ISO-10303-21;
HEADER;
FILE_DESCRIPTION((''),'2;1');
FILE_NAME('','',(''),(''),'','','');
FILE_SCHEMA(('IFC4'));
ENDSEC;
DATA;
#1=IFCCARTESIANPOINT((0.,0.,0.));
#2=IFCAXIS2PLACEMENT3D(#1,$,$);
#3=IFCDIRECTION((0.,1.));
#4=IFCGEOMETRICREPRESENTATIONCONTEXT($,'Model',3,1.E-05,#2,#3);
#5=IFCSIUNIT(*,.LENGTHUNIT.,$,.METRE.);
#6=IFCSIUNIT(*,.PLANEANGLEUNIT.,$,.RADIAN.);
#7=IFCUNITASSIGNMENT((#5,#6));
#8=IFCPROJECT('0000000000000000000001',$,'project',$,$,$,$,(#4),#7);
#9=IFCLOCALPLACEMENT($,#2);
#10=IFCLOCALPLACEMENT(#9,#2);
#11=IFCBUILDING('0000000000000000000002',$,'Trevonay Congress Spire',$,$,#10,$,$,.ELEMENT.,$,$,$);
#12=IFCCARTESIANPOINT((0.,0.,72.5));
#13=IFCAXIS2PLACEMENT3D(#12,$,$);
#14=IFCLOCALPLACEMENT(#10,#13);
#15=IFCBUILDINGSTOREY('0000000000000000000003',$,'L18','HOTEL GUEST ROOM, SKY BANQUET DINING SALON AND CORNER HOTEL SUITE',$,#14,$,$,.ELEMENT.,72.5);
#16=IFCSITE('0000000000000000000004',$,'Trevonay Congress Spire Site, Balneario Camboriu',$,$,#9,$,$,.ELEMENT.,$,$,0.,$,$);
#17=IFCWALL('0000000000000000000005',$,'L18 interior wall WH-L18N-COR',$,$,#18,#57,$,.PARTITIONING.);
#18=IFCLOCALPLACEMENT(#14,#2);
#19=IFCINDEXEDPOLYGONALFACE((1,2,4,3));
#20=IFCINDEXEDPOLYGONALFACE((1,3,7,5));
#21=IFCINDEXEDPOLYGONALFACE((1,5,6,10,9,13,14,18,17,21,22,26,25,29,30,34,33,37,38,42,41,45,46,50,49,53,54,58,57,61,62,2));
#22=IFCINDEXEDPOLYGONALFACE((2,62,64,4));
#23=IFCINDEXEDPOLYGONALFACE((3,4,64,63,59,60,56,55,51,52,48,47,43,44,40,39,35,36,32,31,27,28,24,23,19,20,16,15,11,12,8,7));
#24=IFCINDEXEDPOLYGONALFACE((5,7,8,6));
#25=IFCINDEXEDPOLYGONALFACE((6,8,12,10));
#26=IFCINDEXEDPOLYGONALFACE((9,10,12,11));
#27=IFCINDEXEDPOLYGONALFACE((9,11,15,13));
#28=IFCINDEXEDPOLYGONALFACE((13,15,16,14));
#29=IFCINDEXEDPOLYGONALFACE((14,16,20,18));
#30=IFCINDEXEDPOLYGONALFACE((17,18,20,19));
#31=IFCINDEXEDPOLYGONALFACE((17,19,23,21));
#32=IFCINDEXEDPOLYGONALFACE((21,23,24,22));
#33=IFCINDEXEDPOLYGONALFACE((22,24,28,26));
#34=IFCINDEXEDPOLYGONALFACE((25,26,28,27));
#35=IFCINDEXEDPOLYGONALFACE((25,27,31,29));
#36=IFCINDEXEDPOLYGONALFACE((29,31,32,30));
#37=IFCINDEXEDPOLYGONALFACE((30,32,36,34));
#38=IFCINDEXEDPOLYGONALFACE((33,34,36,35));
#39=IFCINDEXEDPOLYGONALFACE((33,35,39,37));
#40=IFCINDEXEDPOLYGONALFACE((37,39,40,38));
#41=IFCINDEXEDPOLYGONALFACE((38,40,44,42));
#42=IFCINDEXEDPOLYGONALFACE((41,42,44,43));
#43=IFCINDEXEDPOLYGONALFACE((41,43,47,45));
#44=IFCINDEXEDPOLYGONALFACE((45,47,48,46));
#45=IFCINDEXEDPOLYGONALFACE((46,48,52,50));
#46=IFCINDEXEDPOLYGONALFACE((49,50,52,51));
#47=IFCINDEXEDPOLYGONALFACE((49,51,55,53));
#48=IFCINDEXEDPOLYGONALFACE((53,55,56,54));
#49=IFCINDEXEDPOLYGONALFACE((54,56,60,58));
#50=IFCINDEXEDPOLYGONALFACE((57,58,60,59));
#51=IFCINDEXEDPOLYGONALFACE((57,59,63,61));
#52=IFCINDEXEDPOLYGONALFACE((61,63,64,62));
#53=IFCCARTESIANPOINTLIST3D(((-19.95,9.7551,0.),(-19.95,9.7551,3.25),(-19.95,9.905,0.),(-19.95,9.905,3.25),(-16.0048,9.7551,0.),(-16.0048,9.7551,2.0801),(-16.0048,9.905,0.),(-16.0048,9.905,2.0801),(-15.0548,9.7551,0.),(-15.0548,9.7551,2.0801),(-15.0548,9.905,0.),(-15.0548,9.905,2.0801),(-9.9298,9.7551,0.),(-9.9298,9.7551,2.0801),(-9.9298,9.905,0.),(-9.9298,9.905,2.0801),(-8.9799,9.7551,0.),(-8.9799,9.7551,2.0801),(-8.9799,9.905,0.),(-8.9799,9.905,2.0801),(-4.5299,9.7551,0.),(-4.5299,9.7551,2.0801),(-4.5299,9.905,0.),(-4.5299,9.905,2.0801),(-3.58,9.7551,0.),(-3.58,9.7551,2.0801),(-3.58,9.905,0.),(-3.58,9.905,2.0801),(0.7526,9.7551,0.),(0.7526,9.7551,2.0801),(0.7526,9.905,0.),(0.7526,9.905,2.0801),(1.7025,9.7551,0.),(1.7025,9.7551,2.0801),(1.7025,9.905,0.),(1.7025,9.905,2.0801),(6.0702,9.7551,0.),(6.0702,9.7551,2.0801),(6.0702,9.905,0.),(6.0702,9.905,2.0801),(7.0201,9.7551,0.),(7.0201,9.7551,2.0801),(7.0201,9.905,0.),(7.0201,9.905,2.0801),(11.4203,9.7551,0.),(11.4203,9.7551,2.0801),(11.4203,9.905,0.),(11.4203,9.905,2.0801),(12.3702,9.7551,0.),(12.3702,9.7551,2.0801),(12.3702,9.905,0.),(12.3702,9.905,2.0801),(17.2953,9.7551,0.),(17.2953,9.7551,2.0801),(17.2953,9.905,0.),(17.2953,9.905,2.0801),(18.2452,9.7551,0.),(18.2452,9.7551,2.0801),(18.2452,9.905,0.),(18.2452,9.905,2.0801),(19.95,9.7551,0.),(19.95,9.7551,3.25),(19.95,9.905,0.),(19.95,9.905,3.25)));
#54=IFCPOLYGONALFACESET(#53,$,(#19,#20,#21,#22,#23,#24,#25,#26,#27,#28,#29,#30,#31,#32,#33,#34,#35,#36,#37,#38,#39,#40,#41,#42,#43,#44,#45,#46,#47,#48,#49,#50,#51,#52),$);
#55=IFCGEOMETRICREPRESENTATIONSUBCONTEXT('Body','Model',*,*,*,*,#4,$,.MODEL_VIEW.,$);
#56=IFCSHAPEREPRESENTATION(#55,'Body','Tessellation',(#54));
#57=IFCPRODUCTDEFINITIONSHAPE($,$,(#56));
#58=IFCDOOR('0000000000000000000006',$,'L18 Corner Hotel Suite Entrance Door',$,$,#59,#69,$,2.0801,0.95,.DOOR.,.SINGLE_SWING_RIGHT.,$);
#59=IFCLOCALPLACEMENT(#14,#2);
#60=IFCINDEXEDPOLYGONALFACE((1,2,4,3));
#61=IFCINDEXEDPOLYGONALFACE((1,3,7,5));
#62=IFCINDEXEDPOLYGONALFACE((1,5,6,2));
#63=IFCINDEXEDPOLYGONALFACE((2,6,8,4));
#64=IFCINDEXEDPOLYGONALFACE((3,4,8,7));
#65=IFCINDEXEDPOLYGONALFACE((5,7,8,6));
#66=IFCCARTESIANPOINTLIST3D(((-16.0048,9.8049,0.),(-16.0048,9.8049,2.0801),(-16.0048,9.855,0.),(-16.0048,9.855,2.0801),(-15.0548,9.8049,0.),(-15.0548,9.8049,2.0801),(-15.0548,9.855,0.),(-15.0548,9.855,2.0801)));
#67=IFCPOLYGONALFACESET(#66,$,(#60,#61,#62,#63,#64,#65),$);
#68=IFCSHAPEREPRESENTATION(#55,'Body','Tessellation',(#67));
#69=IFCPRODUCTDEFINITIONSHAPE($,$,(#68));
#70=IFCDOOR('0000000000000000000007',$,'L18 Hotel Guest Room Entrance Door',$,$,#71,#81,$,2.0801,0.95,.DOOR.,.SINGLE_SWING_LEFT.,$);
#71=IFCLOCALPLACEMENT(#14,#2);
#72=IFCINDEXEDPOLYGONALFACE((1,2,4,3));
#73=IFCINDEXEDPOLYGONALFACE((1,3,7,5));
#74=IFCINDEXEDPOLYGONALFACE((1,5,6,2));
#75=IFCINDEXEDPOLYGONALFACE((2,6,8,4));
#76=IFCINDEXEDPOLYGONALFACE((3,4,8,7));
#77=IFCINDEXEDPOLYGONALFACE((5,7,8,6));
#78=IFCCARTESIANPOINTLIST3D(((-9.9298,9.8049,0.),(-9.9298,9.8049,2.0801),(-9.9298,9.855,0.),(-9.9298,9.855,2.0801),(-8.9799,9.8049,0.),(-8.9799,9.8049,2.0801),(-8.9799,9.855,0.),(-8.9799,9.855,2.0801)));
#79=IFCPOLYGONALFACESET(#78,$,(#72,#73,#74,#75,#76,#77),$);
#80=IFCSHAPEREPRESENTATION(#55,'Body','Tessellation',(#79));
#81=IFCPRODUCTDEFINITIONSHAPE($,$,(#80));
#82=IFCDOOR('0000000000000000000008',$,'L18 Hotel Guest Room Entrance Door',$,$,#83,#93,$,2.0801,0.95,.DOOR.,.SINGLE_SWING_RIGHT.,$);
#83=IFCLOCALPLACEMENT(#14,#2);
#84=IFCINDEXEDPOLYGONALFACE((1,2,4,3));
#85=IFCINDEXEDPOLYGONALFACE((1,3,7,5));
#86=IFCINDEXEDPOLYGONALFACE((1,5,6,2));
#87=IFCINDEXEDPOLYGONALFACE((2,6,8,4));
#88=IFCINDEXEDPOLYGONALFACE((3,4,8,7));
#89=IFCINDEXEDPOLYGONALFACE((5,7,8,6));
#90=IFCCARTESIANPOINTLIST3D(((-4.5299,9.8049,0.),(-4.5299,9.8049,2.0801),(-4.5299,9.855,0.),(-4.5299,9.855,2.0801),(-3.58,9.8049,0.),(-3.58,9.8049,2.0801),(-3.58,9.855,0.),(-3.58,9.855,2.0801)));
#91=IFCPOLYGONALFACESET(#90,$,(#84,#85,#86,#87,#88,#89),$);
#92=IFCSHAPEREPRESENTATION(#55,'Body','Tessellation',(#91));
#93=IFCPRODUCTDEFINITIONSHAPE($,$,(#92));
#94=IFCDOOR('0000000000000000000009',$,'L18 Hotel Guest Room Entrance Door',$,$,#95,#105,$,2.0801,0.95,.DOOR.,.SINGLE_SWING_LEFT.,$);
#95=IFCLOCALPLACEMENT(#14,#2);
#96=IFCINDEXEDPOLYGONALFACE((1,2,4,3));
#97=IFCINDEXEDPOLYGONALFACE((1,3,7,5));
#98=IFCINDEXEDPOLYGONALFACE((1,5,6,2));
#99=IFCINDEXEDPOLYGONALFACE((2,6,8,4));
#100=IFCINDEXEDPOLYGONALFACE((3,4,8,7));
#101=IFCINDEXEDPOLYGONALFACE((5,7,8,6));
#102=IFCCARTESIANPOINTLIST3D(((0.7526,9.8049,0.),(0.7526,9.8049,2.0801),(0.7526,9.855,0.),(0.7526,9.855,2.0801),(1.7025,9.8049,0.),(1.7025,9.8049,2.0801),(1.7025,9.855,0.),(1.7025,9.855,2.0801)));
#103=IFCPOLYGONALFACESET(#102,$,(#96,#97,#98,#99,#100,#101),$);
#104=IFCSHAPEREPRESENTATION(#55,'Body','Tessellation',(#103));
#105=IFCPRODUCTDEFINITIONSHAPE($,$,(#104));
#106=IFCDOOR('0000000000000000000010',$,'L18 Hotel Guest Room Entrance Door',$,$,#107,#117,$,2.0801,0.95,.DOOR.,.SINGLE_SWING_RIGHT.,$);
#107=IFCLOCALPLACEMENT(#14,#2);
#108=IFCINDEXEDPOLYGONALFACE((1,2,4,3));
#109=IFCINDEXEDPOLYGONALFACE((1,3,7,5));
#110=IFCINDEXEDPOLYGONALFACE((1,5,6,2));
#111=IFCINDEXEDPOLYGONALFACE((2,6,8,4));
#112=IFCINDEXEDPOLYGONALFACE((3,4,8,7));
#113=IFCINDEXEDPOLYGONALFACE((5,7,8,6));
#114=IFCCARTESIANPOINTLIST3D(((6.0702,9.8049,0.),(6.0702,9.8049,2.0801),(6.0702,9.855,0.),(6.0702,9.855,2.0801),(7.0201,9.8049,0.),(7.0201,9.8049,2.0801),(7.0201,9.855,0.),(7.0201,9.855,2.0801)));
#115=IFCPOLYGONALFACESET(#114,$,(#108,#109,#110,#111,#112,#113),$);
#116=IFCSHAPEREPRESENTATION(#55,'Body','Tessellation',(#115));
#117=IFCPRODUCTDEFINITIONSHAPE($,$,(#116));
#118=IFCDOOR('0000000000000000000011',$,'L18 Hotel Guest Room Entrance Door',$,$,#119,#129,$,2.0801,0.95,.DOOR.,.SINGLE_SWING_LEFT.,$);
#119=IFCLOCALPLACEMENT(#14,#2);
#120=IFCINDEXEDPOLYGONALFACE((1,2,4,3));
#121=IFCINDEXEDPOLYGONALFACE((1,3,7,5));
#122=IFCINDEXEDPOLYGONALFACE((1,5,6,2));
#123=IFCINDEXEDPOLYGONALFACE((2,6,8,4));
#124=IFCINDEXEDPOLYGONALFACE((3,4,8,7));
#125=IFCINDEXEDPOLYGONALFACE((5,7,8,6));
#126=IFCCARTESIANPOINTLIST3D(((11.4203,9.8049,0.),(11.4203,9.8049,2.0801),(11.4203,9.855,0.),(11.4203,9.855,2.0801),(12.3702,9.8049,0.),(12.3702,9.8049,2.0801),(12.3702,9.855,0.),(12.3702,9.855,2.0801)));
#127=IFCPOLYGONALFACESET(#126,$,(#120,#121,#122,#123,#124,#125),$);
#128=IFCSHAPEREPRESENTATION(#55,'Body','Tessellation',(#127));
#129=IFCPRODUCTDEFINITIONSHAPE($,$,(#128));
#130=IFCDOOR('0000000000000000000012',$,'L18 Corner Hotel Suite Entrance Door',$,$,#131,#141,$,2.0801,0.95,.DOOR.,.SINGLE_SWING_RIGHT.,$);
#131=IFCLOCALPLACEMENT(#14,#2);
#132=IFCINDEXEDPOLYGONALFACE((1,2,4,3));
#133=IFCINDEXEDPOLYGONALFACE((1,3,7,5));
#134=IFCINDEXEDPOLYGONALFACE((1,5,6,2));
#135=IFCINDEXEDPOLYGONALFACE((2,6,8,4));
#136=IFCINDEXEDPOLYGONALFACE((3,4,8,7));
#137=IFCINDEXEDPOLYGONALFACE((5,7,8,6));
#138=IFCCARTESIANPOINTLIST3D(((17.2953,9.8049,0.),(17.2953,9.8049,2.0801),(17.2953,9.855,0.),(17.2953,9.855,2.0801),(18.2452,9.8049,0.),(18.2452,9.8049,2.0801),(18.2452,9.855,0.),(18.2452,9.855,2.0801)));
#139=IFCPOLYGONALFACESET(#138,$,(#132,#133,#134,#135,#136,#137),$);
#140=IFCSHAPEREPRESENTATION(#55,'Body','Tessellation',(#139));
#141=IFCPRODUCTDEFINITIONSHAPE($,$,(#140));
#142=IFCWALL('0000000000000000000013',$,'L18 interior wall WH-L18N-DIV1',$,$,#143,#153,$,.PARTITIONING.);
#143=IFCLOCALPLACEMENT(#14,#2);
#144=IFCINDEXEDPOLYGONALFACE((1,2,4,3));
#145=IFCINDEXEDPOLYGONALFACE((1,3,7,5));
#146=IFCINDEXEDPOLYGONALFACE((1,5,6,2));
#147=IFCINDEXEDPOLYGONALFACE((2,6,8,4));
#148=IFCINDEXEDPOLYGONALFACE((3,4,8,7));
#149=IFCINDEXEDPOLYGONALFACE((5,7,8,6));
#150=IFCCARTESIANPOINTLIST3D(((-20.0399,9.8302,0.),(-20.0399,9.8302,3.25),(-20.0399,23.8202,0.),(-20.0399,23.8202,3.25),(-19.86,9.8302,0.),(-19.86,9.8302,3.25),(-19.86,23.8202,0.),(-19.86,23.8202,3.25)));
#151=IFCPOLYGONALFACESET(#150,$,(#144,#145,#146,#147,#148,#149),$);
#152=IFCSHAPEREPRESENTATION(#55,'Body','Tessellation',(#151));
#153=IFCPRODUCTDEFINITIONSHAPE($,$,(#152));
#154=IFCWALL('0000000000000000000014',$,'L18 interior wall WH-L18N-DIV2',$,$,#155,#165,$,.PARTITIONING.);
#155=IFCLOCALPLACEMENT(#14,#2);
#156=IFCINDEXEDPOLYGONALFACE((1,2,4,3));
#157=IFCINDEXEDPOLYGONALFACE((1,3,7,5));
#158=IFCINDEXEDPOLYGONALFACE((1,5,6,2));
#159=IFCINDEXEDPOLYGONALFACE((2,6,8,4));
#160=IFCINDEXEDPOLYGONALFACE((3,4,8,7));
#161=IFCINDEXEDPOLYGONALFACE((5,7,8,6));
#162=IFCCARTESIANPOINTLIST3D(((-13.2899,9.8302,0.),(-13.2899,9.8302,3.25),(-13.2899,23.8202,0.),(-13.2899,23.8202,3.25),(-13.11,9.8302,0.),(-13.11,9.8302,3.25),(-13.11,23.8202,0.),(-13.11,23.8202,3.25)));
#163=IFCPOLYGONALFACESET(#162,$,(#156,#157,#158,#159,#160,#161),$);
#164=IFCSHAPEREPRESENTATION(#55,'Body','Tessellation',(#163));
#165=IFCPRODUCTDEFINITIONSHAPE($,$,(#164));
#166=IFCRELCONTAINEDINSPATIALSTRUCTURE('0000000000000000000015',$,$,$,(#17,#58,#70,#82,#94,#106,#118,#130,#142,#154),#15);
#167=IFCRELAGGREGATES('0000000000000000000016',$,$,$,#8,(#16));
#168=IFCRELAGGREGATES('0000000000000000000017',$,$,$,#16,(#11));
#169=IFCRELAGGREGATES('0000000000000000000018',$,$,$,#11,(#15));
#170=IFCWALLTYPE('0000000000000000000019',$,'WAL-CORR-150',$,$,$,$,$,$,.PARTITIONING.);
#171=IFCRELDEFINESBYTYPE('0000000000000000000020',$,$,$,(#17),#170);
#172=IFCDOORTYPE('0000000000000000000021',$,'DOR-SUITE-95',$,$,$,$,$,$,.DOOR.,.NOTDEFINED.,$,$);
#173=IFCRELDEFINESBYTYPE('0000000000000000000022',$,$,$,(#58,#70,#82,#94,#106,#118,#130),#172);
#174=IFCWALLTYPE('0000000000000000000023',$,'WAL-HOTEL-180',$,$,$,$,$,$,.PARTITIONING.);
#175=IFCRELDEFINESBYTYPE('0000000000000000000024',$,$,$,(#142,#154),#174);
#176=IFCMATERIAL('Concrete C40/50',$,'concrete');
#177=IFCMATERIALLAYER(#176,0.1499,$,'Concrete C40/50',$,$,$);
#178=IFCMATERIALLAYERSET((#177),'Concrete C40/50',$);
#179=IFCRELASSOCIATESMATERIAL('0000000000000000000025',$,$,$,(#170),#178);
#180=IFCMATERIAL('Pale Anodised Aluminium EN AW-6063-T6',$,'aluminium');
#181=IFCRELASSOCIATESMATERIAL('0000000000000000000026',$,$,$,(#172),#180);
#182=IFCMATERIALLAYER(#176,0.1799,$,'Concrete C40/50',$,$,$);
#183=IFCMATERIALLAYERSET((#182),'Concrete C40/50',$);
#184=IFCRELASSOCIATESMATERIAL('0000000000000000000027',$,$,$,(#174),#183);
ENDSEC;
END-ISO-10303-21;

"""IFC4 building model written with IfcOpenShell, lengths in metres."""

from ifc_helpers import new_model, si_unit, direction, frame, frame_2d, origin, place, context, subcontext, project, spatial, rectangle, extrude, material, layer, layer_set, type_object, element, fill, save


model = new_model("IFC4")

# Units and contexts
model_context = context("Model", 3, precision=1e-05, world=origin(), true_north=direction((0.0, 1.0)))
body_context = subcontext(model_context, "Body", "Model", "MODEL_VIEW")
ifc_project = project(units=[si_unit("LENGTHUNIT", "METRE"), si_unit("PLANEANGLEUNIT", "RADIAN")], contexts=[model_context])

# Site, building, storey
site_placement = place(None, origin())
site = spatial("IfcSite", under=ifc_project, at=site_placement, Name="Trevonay Congress Spire Site, Balneario Camboriu", CompositionType="ELEMENT", RefElevation=0.0)
building_placement = place(site_placement, origin())
building = spatial("IfcBuilding", under=site, at=building_placement, Name="Trevonay Congress Spire", CompositionType="ELEMENT")
storey_placement = place(building_placement, frame((0.0, 0.0, 72.5)))
storey = spatial("IfcBuildingStorey", under=building, at=storey_placement, Name="L18", Description="HOTEL GUEST ROOM, SKY BANQUET DINING SALON AND CORNER HOTEL SUITE", CompositionType="ELEMENT", Elevation=72.5)

# Shared definitions
ifc_material_1 = material(Name="Concrete C40/50", Category="concrete")
ifc_material_2 = material(Name="Pale Anodised Aluminium EN AW-6063-T6", Category="aluminium")

# Wall, openings, doors
ifc_layer_1 = layer(ifc_material_1, 0.1499, Name="Concrete C40/50")
ifc_layer_set_1 = layer_set([ifc_layer_1], Name="Concrete C40/50")
wall_type_1 = type_object("IfcWallType", Name="WAL-CORR-150", PredefinedType="PARTITIONING", material=ifc_layer_set_1)
wall_1_placement = place(storey_placement, frame((-19.95, 9.8301, 0.0), z_axis=(0.0, 0.0, 1.0), x_axis=(1.0, 0.0, 0.0)))
wall_1 = element("IfcWall", 1, at=wall_1_placement, inside=storey, type_object=wall_type_1, Name="L18 interior wall WH-L18N-COR", PredefinedType="PARTITIONING", context=body_context, shape_type="SweptSolid", body=[
    extrude(rectangle(XDim=39.8999, YDim=0.1499, at=frame_2d((19.95, 0.0))), origin(), (0.0, 0.0, 1.0), 3.25),
])
opening_1_placement = place(wall_1_placement, frame((3.9451, 0.0, 0.0)))
opening_1 = element("IfcOpeningElement", 2, at=opening_1_placement, cuts=wall_1, PredefinedType="OPENING", context=body_context, shape_type="SweptSolid", body=[
    extrude(rectangle(XDim=0.95, YDim=2.0801, at=frame_2d((0.4751, 1.04))), frame((0.0, 0.085, 0.0), z_axis=(0.0, -1.0, 0.0), x_axis=(1.0, 0.0, 0.0)), (0.0, 0.0, 1.0), 0.1699),
])
opening_2_placement = place(wall_1_placement, frame((10.02, 0.0, 0.0)))
opening_2 = element("IfcOpeningElement", 3, at=opening_2_placement, cuts=wall_1, PredefinedType="OPENING", context=body_context, shape_type="SweptSolid", body=[
    extrude(rectangle(XDim=0.95, YDim=2.0801, at=frame_2d((0.4751, 1.04))), frame((0.0, 0.085, 0.0), z_axis=(0.0, -1.0, 0.0), x_axis=(1.0, 0.0, 0.0)), (0.0, 0.0, 1.0), 0.1699),
])
opening_3_placement = place(wall_1_placement, frame((15.4199, 0.0, 0.0)))
opening_3 = element("IfcOpeningElement", 4, at=opening_3_placement, cuts=wall_1, PredefinedType="OPENING", context=body_context, shape_type="SweptSolid", body=[
    extrude(rectangle(XDim=0.95, YDim=2.0801, at=frame_2d((0.4751, 1.04))), frame((0.0, 0.085, 0.0), z_axis=(0.0, -1.0, 0.0), x_axis=(1.0, 0.0, 0.0)), (0.0, 0.0, 1.0), 0.1699),
])
opening_4_placement = place(wall_1_placement, frame((20.7024, 0.0, 0.0)))
opening_4 = element("IfcOpeningElement", 5, at=opening_4_placement, cuts=wall_1, PredefinedType="OPENING", context=body_context, shape_type="SweptSolid", body=[
    extrude(rectangle(XDim=0.95, YDim=2.0801, at=frame_2d((0.4751, 1.04))), frame((0.0, 0.085, 0.0), z_axis=(0.0, -1.0, 0.0), x_axis=(1.0, 0.0, 0.0)), (0.0, 0.0, 1.0), 0.1699),
])
opening_5_placement = place(wall_1_placement, frame((26.02, 0.0, 0.0)))
opening_5 = element("IfcOpeningElement", 6, at=opening_5_placement, cuts=wall_1, PredefinedType="OPENING", context=body_context, shape_type="SweptSolid", body=[
    extrude(rectangle(XDim=0.95, YDim=2.0801, at=frame_2d((0.4751, 1.04))), frame((0.0, 0.085, 0.0), z_axis=(0.0, -1.0, 0.0), x_axis=(1.0, 0.0, 0.0)), (0.0, 0.0, 1.0), 0.1699),
])
opening_6_placement = place(wall_1_placement, frame((31.3701, 0.0, 0.0)))
opening_6 = element("IfcOpeningElement", 7, at=opening_6_placement, cuts=wall_1, PredefinedType="OPENING", context=body_context, shape_type="SweptSolid", body=[
    extrude(rectangle(XDim=0.95, YDim=2.0801, at=frame_2d((0.4751, 1.04))), frame((0.0, 0.085, 0.0), z_axis=(0.0, -1.0, 0.0), x_axis=(1.0, 0.0, 0.0)), (0.0, 0.0, 1.0), 0.1699),
])
opening_7_placement = place(wall_1_placement, frame((37.2451, 0.0, 0.0)))
opening_7 = element("IfcOpeningElement", 8, at=opening_7_placement, cuts=wall_1, PredefinedType="OPENING", context=body_context, shape_type="SweptSolid", body=[
    extrude(rectangle(XDim=0.95, YDim=2.0801, at=frame_2d((0.4751, 1.04))), frame((0.0, 0.085, 0.0), z_axis=(0.0, -1.0, 0.0), x_axis=(1.0, 0.0, 0.0)), (0.0, 0.0, 1.0), 0.1699),
])
door_type_1 = type_object("IfcDoorType", Name="DOR-SUITE-95", OperationType="NOTDEFINED", PredefinedType="DOOR", material=ifc_material_2)
door_1_placement = place(opening_1_placement, origin())
door_1 = element("IfcDoor", 9, at=door_1_placement, inside=storey, type_object=door_type_1, Name="L18 Corner Hotel Suite Entrance Door", OperationType="SINGLE_SWING_RIGHT", OverallHeight=2.0801, OverallWidth=0.95, PredefinedType="DOOR", context=body_context, shape_type="SweptSolid", body=[
    extrude(rectangle(XDim=0.95, YDim=2.0801, at=frame_2d((0.4751, 1.04))), frame((0.0, 0.0249, 0.0), z_axis=(0.0, -1.0, 0.0), x_axis=(1.0, 0.0, 0.0)), (0.0, 0.0, 1.0), 0.05),
])
fill(opening_1, door_1)
door_2_placement = place(opening_2_placement, origin())
door_2 = element("IfcDoor", 10, at=door_2_placement, inside=storey, type_object=door_type_1, Name="L18 Hotel Guest Room Entrance Door", OperationType="SINGLE_SWING_LEFT", OverallHeight=2.0801, OverallWidth=0.95, PredefinedType="DOOR", context=body_context, shape_type="SweptSolid", body=[
    extrude(rectangle(XDim=0.95, YDim=2.0801, at=frame_2d((0.4751, 1.04))), frame((0.0, 0.0249, 0.0), z_axis=(0.0, -1.0, 0.0), x_axis=(1.0, 0.0, 0.0)), (0.0, 0.0, 1.0), 0.05),
])
fill(opening_2, door_2)
door_3_placement = place(opening_3_placement, origin())
door_3 = element("IfcDoor", 11, at=door_3_placement, inside=storey, type_object=door_type_1, Name="L18 Hotel Guest Room Entrance Door", OperationType="SINGLE_SWING_RIGHT", OverallHeight=2.0801, OverallWidth=0.95, PredefinedType="DOOR", context=body_context, shape_type="SweptSolid", body=[
    extrude(rectangle(XDim=0.95, YDim=2.0801, at=frame_2d((0.4751, 1.04))), frame((0.0, 0.0249, 0.0), z_axis=(0.0, -1.0, 0.0), x_axis=(1.0, 0.0, 0.0)), (0.0, 0.0, 1.0), 0.05),
])
fill(opening_3, door_3)
door_4_placement = place(opening_4_placement, origin())
door_4 = element("IfcDoor", 12, at=door_4_placement, inside=storey, type_object=door_type_1, Name="L18 Hotel Guest Room Entrance Door", OperationType="SINGLE_SWING_LEFT", OverallHeight=2.0801, OverallWidth=0.95, PredefinedType="DOOR", context=body_context, shape_type="SweptSolid", body=[
    extrude(rectangle(XDim=0.95, YDim=2.0801, at=frame_2d((0.4751, 1.04))), frame((0.0, 0.0249, 0.0), z_axis=(0.0, -1.0, 0.0), x_axis=(1.0, 0.0, 0.0)), (0.0, 0.0, 1.0), 0.05),
])
fill(opening_4, door_4)
door_5_placement = place(opening_5_placement, origin())
door_5 = element("IfcDoor", 13, at=door_5_placement, inside=storey, type_object=door_type_1, Name="L18 Hotel Guest Room Entrance Door", OperationType="SINGLE_SWING_RIGHT", OverallHeight=2.0801, OverallWidth=0.95, PredefinedType="DOOR", context=body_context, shape_type="SweptSolid", body=[
    extrude(rectangle(XDim=0.95, YDim=2.0801, at=frame_2d((0.4751, 1.04))), frame((0.0, 0.0249, 0.0), z_axis=(0.0, -1.0, 0.0), x_axis=(1.0, 0.0, 0.0)), (0.0, 0.0, 1.0), 0.05),
])
fill(opening_5, door_5)
door_6_placement = place(opening_6_placement, origin())
door_6 = element("IfcDoor", 14, at=door_6_placement, inside=storey, type_object=door_type_1, Name="L18 Hotel Guest Room Entrance Door", OperationType="SINGLE_SWING_LEFT", OverallHeight=2.0801, OverallWidth=0.95, PredefinedType="DOOR", context=body_context, shape_type="SweptSolid", body=[
    extrude(rectangle(XDim=0.95, YDim=2.0801, at=frame_2d((0.4751, 1.04))), frame((0.0, 0.0249, 0.0), z_axis=(0.0, -1.0, 0.0), x_axis=(1.0, 0.0, 0.0)), (0.0, 0.0, 1.0), 0.05),
])
fill(opening_6, door_6)
door_7_placement = place(opening_7_placement, origin())
door_7 = element("IfcDoor", 15, at=door_7_placement, inside=storey, type_object=door_type_1, Name="L18 Corner Hotel Suite Entrance Door", OperationType="SINGLE_SWING_RIGHT", OverallHeight=2.0801, OverallWidth=0.95, PredefinedType="DOOR", context=body_context, shape_type="SweptSolid", body=[
    extrude(rectangle(XDim=0.95, YDim=2.0801, at=frame_2d((0.4751, 1.04))), frame((0.0, 0.0249, 0.0), z_axis=(0.0, -1.0, 0.0), x_axis=(1.0, 0.0, 0.0)), (0.0, 0.0, 1.0), 0.05),
])
fill(opening_7, door_7)

# Walls
ifc_layer_2 = layer(ifc_material_1, 0.1799, Name="Concrete C40/50")
ifc_layer_set_2 = layer_set([ifc_layer_2], Name="Concrete C40/50")
wall_type_2 = type_object("IfcWallType", Name="WAL-HOTEL-180", PredefinedType="PARTITIONING", material=ifc_layer_set_2)
for number, where, z_axis, x_axis, name in (
    (16, (-19.95, 9.8301, 0.0), (0.0, 0.0, 1.0), (0.0, 1.0, 0.0), "L18 interior wall WH-L18N-DIV1"),
    (17, (-13.2, 9.8301, 0.0), (0.0, 0.0, 1.0), (0.0, 1.0, 0.0), "L18 interior wall WH-L18N-DIV2"),
):
    element("IfcWall", number, at=place(storey_placement, frame(where, z_axis=z_axis, x_axis=x_axis)), inside=storey, type_object=wall_type_2, Name=name, PredefinedType="PARTITIONING", context=body_context, shape_type="SweptSolid", body=[
        extrude(rectangle(XDim=13.99, YDim=0.1799, at=frame_2d((6.9951, 0.0))), origin(), (0.0, 0.0, 1.0), 3.25),
    ])

save(model, "model.ifc")
